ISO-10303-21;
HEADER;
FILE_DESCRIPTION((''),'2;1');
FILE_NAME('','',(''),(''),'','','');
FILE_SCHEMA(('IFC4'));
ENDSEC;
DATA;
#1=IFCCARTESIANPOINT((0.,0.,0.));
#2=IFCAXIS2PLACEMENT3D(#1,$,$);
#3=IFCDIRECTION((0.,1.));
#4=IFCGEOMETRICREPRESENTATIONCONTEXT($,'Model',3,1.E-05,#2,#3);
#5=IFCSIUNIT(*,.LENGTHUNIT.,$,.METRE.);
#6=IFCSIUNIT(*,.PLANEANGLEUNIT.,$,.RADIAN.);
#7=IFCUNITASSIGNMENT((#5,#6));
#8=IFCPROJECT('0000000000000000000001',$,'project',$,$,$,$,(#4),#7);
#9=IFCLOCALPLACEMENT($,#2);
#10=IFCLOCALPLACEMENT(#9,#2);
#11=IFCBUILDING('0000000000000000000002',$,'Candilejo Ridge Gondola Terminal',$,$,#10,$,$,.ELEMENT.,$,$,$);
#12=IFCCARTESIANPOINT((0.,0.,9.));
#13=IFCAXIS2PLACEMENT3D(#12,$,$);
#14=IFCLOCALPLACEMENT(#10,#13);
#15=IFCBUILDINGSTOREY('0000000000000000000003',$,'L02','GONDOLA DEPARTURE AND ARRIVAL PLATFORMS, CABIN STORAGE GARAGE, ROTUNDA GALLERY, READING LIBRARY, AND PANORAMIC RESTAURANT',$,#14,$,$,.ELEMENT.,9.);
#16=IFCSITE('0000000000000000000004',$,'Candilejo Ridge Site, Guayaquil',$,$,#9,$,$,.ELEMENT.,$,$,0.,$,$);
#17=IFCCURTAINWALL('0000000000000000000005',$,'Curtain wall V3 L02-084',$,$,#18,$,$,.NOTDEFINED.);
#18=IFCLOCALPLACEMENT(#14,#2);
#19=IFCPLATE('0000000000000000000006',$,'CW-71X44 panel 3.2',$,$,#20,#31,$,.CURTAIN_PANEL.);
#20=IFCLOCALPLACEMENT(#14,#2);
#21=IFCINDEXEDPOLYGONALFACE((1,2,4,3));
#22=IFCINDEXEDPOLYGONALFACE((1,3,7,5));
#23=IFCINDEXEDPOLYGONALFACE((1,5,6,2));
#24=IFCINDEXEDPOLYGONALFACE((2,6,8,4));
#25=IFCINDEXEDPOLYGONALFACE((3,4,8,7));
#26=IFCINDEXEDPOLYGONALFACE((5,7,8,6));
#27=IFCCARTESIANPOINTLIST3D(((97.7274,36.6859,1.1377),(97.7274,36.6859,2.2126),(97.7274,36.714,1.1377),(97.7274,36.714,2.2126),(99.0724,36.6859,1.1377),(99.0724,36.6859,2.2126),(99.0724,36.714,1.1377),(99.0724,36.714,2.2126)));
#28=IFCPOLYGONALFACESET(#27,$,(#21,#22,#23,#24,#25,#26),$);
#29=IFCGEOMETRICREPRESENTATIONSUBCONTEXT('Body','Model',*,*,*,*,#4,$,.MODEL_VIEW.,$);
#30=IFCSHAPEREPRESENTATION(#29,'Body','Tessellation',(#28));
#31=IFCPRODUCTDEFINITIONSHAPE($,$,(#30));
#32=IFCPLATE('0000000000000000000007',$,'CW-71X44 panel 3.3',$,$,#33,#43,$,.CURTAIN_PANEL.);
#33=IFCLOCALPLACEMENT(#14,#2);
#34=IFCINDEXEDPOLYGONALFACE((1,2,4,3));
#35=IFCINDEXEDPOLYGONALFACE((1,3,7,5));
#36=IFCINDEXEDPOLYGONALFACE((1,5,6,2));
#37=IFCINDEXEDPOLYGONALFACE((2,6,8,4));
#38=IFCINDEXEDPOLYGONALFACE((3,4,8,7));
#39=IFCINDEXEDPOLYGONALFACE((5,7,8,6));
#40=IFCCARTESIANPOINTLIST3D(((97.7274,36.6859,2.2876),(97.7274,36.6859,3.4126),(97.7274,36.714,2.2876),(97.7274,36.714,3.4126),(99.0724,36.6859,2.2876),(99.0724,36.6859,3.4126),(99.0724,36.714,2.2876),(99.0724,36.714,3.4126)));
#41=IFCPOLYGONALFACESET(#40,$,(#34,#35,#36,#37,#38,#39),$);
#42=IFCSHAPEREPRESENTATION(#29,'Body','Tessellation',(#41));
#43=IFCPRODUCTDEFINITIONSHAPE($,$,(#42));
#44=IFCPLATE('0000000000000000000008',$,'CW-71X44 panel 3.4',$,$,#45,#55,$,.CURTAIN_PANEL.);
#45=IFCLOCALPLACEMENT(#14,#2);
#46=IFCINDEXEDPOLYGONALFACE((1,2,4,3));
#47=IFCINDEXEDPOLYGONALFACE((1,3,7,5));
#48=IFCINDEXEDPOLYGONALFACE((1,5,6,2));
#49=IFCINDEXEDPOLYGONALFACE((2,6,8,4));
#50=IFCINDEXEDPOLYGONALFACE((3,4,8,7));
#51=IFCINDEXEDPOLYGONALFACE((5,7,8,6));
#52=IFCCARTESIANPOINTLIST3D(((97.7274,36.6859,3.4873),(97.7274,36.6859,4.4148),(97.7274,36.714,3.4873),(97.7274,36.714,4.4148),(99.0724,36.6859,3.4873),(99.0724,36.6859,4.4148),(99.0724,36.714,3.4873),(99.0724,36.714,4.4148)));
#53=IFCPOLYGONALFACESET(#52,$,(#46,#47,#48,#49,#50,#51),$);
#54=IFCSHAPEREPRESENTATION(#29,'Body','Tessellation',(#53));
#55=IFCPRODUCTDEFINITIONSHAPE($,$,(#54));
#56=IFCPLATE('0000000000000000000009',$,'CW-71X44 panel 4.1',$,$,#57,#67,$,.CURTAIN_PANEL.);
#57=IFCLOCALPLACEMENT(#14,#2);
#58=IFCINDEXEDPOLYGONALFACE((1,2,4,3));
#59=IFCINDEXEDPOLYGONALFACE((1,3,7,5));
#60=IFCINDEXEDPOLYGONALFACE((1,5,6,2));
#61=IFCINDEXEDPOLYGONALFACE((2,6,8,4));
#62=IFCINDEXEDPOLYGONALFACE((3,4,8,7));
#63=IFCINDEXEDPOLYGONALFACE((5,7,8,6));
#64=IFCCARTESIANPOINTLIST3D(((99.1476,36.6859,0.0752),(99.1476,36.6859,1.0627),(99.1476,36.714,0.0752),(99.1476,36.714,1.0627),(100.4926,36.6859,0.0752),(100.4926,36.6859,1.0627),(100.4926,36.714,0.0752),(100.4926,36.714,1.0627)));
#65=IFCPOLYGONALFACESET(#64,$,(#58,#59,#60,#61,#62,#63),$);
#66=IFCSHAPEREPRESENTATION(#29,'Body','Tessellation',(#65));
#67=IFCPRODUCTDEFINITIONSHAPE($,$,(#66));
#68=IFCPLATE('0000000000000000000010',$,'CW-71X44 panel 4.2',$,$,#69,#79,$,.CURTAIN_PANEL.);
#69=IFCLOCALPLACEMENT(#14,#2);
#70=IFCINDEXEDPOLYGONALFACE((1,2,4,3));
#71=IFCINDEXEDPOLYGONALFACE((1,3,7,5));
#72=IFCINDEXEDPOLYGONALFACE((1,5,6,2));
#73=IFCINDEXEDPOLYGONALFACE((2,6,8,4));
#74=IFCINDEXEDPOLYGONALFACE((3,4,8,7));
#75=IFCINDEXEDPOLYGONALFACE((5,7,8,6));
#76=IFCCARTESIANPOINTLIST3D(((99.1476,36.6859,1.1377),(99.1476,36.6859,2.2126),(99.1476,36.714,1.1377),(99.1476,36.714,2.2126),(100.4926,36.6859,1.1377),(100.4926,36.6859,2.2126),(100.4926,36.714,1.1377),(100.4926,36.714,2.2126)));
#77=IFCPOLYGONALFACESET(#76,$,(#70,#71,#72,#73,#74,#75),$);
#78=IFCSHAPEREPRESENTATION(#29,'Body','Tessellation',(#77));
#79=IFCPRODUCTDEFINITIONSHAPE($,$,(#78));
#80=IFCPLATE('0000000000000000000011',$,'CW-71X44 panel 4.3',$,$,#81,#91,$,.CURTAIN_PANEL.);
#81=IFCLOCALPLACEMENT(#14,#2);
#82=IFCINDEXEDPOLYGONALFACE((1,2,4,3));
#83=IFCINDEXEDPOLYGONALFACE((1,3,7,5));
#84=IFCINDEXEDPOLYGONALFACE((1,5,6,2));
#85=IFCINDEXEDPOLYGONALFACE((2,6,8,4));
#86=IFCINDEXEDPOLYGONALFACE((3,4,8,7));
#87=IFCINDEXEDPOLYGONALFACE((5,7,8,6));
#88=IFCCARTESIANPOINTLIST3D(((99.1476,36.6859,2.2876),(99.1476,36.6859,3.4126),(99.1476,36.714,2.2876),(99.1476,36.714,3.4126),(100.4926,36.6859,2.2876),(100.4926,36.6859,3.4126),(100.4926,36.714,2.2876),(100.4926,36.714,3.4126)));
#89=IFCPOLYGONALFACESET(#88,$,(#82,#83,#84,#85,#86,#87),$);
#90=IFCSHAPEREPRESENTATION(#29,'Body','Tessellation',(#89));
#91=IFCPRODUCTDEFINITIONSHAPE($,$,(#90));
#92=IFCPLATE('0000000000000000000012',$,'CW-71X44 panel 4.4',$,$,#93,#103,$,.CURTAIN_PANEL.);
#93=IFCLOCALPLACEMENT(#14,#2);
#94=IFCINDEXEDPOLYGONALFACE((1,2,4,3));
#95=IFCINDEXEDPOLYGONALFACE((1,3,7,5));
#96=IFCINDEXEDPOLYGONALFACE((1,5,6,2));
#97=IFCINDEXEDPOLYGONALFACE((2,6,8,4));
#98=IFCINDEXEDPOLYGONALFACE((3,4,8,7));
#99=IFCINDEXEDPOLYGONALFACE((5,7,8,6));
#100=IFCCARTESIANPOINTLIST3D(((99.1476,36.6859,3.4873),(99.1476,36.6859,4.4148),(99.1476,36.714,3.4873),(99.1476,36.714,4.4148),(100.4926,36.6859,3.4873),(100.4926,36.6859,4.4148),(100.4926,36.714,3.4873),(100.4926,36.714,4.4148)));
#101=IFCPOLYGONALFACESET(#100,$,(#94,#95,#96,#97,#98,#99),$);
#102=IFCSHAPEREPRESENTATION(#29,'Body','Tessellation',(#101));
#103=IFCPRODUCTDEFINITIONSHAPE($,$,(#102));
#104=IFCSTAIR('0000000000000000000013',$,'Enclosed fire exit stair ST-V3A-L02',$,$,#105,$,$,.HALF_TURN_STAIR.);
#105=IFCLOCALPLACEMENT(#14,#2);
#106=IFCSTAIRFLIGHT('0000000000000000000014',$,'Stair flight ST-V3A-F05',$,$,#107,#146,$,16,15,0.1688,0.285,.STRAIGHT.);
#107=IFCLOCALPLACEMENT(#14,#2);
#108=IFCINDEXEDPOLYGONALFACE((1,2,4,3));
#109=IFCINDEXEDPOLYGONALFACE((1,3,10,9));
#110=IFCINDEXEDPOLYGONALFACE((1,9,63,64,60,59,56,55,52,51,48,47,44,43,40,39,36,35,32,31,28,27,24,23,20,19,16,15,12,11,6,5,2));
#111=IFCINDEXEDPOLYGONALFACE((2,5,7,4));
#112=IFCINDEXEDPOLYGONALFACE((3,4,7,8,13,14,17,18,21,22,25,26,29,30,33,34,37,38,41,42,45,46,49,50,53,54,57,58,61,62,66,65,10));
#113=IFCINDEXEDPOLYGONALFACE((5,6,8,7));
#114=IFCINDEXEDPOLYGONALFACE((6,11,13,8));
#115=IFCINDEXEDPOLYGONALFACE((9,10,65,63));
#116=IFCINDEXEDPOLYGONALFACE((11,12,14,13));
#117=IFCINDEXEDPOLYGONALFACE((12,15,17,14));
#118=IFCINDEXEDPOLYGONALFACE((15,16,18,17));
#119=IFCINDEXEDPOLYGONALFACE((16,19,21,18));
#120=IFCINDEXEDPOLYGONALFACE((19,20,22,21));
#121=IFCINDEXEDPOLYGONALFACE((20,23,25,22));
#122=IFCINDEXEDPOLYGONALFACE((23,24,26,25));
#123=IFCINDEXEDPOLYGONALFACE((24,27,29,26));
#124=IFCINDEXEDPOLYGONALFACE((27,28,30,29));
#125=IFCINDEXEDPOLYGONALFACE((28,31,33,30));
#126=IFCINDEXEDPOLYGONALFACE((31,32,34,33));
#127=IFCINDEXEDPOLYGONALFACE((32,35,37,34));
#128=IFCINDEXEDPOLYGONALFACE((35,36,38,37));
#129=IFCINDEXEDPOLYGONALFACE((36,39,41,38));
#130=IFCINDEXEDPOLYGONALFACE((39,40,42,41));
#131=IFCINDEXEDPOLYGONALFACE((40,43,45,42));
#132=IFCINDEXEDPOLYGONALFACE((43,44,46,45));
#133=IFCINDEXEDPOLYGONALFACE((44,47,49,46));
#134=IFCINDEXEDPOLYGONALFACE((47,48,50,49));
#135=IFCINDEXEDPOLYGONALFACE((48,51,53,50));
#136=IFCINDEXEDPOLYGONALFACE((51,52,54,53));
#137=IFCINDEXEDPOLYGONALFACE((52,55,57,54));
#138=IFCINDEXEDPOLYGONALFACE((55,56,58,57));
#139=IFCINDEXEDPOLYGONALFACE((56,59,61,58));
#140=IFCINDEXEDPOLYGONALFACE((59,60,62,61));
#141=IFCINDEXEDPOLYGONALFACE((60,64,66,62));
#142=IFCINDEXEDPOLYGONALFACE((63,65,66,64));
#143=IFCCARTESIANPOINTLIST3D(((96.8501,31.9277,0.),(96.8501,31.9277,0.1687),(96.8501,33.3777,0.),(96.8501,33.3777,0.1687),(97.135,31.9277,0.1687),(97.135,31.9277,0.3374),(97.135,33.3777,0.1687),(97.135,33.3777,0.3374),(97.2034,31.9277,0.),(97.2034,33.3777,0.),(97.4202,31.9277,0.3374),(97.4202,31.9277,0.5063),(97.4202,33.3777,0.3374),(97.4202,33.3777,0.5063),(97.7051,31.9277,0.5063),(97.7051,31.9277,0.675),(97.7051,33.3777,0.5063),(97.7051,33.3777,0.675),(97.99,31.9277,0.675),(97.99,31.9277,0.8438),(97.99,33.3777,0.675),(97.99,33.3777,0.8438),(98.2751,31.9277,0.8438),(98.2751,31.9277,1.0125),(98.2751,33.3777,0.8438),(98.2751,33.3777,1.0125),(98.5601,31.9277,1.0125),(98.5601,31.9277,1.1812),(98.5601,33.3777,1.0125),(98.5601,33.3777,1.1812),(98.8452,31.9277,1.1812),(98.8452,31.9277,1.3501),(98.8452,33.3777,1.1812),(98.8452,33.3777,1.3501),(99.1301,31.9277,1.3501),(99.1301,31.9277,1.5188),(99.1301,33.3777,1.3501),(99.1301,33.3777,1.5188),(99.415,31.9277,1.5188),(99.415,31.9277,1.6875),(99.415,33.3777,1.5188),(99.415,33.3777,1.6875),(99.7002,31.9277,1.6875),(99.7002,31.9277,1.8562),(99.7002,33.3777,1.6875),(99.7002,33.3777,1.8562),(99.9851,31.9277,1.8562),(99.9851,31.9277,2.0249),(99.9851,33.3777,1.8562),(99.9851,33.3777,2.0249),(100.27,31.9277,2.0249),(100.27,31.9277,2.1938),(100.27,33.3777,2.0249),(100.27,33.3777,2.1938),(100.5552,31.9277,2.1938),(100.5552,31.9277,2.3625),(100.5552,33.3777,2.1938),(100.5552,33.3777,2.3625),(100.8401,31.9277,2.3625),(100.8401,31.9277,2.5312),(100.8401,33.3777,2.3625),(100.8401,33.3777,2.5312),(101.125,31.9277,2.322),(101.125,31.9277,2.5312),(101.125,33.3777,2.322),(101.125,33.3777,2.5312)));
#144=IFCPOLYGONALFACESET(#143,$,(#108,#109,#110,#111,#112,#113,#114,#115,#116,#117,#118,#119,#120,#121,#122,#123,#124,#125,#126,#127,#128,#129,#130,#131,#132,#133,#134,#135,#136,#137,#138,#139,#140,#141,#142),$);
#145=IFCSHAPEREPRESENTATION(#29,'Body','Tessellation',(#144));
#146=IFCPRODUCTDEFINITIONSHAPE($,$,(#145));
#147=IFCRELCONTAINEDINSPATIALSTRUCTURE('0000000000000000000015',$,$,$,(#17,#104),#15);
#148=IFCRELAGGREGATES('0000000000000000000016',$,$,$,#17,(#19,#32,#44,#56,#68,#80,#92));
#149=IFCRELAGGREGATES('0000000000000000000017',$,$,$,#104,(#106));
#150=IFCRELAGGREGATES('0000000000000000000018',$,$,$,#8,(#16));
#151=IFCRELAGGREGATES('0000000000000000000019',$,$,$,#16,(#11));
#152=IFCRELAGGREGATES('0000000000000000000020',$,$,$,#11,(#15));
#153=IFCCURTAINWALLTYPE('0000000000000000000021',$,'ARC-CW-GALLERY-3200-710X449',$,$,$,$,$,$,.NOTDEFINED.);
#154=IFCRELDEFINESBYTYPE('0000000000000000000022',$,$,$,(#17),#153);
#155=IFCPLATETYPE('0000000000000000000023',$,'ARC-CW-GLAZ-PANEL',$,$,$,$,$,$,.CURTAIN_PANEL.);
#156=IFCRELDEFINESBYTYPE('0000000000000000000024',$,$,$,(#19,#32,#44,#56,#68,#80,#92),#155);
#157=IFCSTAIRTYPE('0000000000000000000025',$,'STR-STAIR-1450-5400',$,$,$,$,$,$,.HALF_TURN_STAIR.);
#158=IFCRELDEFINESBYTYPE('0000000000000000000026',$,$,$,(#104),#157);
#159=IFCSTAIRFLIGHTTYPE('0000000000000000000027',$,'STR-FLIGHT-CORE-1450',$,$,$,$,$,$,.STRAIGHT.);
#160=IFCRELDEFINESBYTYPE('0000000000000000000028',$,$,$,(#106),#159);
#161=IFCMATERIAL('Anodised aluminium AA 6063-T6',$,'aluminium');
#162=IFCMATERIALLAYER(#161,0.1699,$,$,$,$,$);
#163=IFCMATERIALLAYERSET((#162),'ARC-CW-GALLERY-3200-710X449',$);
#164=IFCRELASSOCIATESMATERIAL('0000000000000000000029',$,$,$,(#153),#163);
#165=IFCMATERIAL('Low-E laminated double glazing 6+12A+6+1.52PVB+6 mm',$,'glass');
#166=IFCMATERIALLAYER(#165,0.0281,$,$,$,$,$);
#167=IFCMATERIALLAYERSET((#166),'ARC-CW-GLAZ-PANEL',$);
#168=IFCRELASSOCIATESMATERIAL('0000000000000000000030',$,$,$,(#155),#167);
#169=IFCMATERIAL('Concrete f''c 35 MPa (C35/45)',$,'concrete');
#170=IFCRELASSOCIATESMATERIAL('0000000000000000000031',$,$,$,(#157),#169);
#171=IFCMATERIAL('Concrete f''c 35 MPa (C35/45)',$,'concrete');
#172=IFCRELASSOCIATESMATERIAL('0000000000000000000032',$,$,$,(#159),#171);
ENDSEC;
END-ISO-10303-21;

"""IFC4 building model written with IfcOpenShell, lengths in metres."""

from ifc_helpers import new_model, si_unit, direction, frame, origin, origin_2d, place, context, subcontext, project, spatial, polyline, rectangle, outline, extrude, material, layer, layer_set, type_object, element, aggregate, save


model = new_model("IFC4")

# Units and contexts
model_context = context("Model", 3, precision=1e-05, world=origin(), true_north=direction((0.0, 1.0)))
body_context = subcontext(model_context, "Body", "Model", "MODEL_VIEW")
ifc_project = project(units=[si_unit("LENGTHUNIT", "METRE"), si_unit("PLANEANGLEUNIT", "RADIAN")], contexts=[model_context])

# Site, building, storey
site_placement = place(None, origin())
site = spatial("IfcSite", under=ifc_project, at=site_placement, Name="Candilejo Ridge Site, Guayaquil", CompositionType="ELEMENT", RefElevation=0.0)
building_placement = place(site_placement, origin())
building = spatial("IfcBuilding", under=site, at=building_placement, Name="Candilejo Ridge Gondola Terminal", CompositionType="ELEMENT")
storey_placement = place(building_placement, frame((0.0, 0.0, 9.0)))
storey = spatial("IfcBuildingStorey", under=building, at=storey_placement, Name="L02", Description="GONDOLA DEPARTURE AND ARRIVAL PLATFORMS, CABIN STORAGE GARAGE, ROTUNDA GALLERY, READING LIBRARY, AND PANORAMIC RESTAURANT", CompositionType="ELEMENT", Elevation=9.0)

# Curtain wall, plates
ifc_material_1 = material(Name="Anodised aluminium AA 6063-T6", Category="aluminium")
ifc_layer_1 = layer(ifc_material_1, 0.1699)
ifc_layer_set_1 = layer_set([ifc_layer_1], Name="ARC-CW-GALLERY-3200-710X449")
curtain_wall_type = type_object("IfcCurtainWallType", Name="ARC-CW-GALLERY-3200-710X449", PredefinedType="NOTDEFINED", material=ifc_layer_set_1)
curtain_wall_placement = place(storey_placement, origin())
curtain_wall = element("IfcCurtainWall", 1, at=curtain_wall_placement, inside=storey, type_object=curtain_wall_type, Name="Curtain wall V3 L02-084", PredefinedType="NOTDEFINED")
ifc_material_2 = material(Name="Low-E laminated double glazing 6+12A+6+1.52PVB+6 mm", Category="glass")
ifc_layer_2 = layer(ifc_material_2, 0.0281)
ifc_layer_set_2 = layer_set([ifc_layer_2], Name="ARC-CW-GLAZ-PANEL")
plate_type = type_object("IfcPlateType", Name="ARC-CW-GLAZ-PANEL", PredefinedType="CURTAIN_PANEL", material=ifc_layer_set_2)
plate_1_placement = place(storey_placement, frame((98.3999, 36.7, 1.1377), z_axis=(0.0, 0.0, 1.0), x_axis=(1.0, 0.0, 0.0)))
plate_1 = element("IfcPlate", 2, at=plate_1_placement, type_object=plate_type, Name="CW-71X44 panel 3.2", PredefinedType="CURTAIN_PANEL", context=body_context, shape_type="SweptSolid", body=[
    extrude(rectangle(XDim=1.345, YDim=0.0281, at=origin_2d()), origin(), (0.0, 0.0, 1.0), 1.075),
])
plate_2_placement = place(storey_placement, frame((98.3999, 36.7, 2.2876), z_axis=(0.0, 0.0, 1.0), x_axis=(1.0, 0.0, 0.0)))
plate_2 = element("IfcPlate", 3, at=plate_2_placement, type_object=plate_type, Name="CW-71X44 panel 3.3", PredefinedType="CURTAIN_PANEL", context=body_context, shape_type="SweptSolid", body=[
    extrude(rectangle(XDim=1.345, YDim=0.0281, at=origin_2d()), origin(), (0.0, 0.0, 1.0), 1.125),
])
plate_3_placement = place(storey_placement, frame((98.3999, 36.7, 3.4873), z_axis=(0.0, 0.0, 1.0), x_axis=(1.0, 0.0, 0.0)))
plate_3 = element("IfcPlate", 4, at=plate_3_placement, type_object=plate_type, Name="CW-71X44 panel 3.4", PredefinedType="CURTAIN_PANEL", context=body_context, shape_type="SweptSolid", body=[
    extrude(rectangle(XDim=1.345, YDim=0.0281, at=origin_2d()), origin(), (0.0, 0.0, 1.0), 0.9275),
])
plate_4_placement = place(storey_placement, frame((99.8201, 36.7, 0.0752), z_axis=(0.0, 0.0, 1.0), x_axis=(1.0, 0.0, 0.0)))
plate_4 = element("IfcPlate", 5, at=plate_4_placement, type_object=plate_type, Name="CW-71X44 panel 4.1", PredefinedType="CURTAIN_PANEL", context=body_context, shape_type="SweptSolid", body=[
    extrude(rectangle(XDim=1.345, YDim=0.0281, at=origin_2d()), origin(), (0.0, 0.0, 1.0), 0.9875),
])
plate_5_placement = place(storey_placement, frame((99.8201, 36.7, 1.1377), z_axis=(0.0, 0.0, 1.0), x_axis=(1.0, 0.0, 0.0)))
plate_5 = element("IfcPlate", 6, at=plate_5_placement, type_object=plate_type, Name="CW-71X44 panel 4.2", PredefinedType="CURTAIN_PANEL", context=body_context, shape_type="SweptSolid", body=[
    extrude(rectangle(XDim=1.345, YDim=0.0281, at=origin_2d()), origin(), (0.0, 0.0, 1.0), 1.075),
])
plate_6_placement = place(storey_placement, frame((99.8201, 36.7, 2.2876), z_axis=(0.0, 0.0, 1.0), x_axis=(1.0, 0.0, 0.0)))
plate_6 = element("IfcPlate", 7, at=plate_6_placement, type_object=plate_type, Name="CW-71X44 panel 4.3", PredefinedType="CURTAIN_PANEL", context=body_context, shape_type="SweptSolid", body=[
    extrude(rectangle(XDim=1.345, YDim=0.0281, at=origin_2d()), origin(), (0.0, 0.0, 1.0), 1.125),
])
plate_7_placement = place(storey_placement, frame((99.8201, 36.7, 3.4873), z_axis=(0.0, 0.0, 1.0), x_axis=(1.0, 0.0, 0.0)))
plate_7 = element("IfcPlate", 8, at=plate_7_placement, type_object=plate_type, Name="CW-71X44 panel 4.4", PredefinedType="CURTAIN_PANEL", context=body_context, shape_type="SweptSolid", body=[
    extrude(rectangle(XDim=1.345, YDim=0.0281, at=origin_2d()), origin(), (0.0, 0.0, 1.0), 0.9275),
])
aggregate(curtain_wall, [plate_1, plate_2, plate_3, plate_4, plate_5, plate_6, plate_7])

# Stair, stair flight
ifc_material_3 = material(Name="Concrete f'c 35 MPa (C35/45)", Category="concrete")
stair_type = type_object("IfcStairType", Name="STR-STAIR-1450-5400", PredefinedType="HALF_TURN_STAIR", material=ifc_material_3)
stair_placement = place(storey_placement, origin())
stair = element("IfcStair", 9, at=stair_placement, inside=storey, type_object=stair_type, Name="Enclosed fire exit stair ST-V3A-L02", PredefinedType="HALF_TURN_STAIR")
ifc_material_4 = material(Name="Concrete f'c 35 MPa (C35/45)", Category="concrete")
stair_flight_type = type_object("IfcStairFlightType", Name="STR-FLIGHT-CORE-1450", PredefinedType="STRAIGHT", material=ifc_material_4)
stair_flight_placement = place(storey_placement, frame((96.8501, 32.6526, 0.0), z_axis=(0.0, 0.0, 1.0), x_axis=(1.0, 0.0, 0.0)))
stair_flight = element("IfcStairFlight", 10, at=stair_flight_placement, type_object=stair_flight_type, Name="Stair flight ST-V3A-F05", NumberOfRisers=16, NumberOfTreads=15, PredefinedType="STRAIGHT", RiserHeight=0.1688, TreadLength=0.285, context=body_context, shape_type="SweptSolid", body=[
    extrude(outline(polyline([(0.0, 0.0), (0.0, 0.1687), (0.2849, 0.1687), (0.2849, 0.3374), (0.5701, 0.3374), (0.5701, 0.5063), (0.855, 0.5063), (0.855, 0.675), (1.1399, 0.675), (1.1399, 0.8438), (1.425, 0.8438), (1.425, 1.0125), (1.71, 1.0125), (1.71, 1.1812), (1.9951, 1.1812), (1.9951, 1.3501), (2.28, 1.3501), (2.28, 1.5188), (2.5649, 1.5188), (2.5649, 1.6875), (2.8501, 1.6875), (2.8501, 1.8562), (3.135, 1.8562), (3.135, 2.0249), (3.4199, 2.0249), (3.4199, 2.1938), (3.7051, 2.1938), (3.7051, 2.3625), (3.99, 2.3625), (3.99, 2.5312), (4.2749, 2.5312), (4.2749, 2.7), (4.2749, 2.322), (0.3533, 0.0), (0.0, 0.0)])), frame((0.0, 0.7251, 0.0), z_axis=(0.0, -1.0, 0.0), x_axis=(1.0, 0.0, 0.0)), (0.0, 0.0, 1.0), 1.45),
])
aggregate(stair, [stair_flight])

save(model, "model.ifc")
